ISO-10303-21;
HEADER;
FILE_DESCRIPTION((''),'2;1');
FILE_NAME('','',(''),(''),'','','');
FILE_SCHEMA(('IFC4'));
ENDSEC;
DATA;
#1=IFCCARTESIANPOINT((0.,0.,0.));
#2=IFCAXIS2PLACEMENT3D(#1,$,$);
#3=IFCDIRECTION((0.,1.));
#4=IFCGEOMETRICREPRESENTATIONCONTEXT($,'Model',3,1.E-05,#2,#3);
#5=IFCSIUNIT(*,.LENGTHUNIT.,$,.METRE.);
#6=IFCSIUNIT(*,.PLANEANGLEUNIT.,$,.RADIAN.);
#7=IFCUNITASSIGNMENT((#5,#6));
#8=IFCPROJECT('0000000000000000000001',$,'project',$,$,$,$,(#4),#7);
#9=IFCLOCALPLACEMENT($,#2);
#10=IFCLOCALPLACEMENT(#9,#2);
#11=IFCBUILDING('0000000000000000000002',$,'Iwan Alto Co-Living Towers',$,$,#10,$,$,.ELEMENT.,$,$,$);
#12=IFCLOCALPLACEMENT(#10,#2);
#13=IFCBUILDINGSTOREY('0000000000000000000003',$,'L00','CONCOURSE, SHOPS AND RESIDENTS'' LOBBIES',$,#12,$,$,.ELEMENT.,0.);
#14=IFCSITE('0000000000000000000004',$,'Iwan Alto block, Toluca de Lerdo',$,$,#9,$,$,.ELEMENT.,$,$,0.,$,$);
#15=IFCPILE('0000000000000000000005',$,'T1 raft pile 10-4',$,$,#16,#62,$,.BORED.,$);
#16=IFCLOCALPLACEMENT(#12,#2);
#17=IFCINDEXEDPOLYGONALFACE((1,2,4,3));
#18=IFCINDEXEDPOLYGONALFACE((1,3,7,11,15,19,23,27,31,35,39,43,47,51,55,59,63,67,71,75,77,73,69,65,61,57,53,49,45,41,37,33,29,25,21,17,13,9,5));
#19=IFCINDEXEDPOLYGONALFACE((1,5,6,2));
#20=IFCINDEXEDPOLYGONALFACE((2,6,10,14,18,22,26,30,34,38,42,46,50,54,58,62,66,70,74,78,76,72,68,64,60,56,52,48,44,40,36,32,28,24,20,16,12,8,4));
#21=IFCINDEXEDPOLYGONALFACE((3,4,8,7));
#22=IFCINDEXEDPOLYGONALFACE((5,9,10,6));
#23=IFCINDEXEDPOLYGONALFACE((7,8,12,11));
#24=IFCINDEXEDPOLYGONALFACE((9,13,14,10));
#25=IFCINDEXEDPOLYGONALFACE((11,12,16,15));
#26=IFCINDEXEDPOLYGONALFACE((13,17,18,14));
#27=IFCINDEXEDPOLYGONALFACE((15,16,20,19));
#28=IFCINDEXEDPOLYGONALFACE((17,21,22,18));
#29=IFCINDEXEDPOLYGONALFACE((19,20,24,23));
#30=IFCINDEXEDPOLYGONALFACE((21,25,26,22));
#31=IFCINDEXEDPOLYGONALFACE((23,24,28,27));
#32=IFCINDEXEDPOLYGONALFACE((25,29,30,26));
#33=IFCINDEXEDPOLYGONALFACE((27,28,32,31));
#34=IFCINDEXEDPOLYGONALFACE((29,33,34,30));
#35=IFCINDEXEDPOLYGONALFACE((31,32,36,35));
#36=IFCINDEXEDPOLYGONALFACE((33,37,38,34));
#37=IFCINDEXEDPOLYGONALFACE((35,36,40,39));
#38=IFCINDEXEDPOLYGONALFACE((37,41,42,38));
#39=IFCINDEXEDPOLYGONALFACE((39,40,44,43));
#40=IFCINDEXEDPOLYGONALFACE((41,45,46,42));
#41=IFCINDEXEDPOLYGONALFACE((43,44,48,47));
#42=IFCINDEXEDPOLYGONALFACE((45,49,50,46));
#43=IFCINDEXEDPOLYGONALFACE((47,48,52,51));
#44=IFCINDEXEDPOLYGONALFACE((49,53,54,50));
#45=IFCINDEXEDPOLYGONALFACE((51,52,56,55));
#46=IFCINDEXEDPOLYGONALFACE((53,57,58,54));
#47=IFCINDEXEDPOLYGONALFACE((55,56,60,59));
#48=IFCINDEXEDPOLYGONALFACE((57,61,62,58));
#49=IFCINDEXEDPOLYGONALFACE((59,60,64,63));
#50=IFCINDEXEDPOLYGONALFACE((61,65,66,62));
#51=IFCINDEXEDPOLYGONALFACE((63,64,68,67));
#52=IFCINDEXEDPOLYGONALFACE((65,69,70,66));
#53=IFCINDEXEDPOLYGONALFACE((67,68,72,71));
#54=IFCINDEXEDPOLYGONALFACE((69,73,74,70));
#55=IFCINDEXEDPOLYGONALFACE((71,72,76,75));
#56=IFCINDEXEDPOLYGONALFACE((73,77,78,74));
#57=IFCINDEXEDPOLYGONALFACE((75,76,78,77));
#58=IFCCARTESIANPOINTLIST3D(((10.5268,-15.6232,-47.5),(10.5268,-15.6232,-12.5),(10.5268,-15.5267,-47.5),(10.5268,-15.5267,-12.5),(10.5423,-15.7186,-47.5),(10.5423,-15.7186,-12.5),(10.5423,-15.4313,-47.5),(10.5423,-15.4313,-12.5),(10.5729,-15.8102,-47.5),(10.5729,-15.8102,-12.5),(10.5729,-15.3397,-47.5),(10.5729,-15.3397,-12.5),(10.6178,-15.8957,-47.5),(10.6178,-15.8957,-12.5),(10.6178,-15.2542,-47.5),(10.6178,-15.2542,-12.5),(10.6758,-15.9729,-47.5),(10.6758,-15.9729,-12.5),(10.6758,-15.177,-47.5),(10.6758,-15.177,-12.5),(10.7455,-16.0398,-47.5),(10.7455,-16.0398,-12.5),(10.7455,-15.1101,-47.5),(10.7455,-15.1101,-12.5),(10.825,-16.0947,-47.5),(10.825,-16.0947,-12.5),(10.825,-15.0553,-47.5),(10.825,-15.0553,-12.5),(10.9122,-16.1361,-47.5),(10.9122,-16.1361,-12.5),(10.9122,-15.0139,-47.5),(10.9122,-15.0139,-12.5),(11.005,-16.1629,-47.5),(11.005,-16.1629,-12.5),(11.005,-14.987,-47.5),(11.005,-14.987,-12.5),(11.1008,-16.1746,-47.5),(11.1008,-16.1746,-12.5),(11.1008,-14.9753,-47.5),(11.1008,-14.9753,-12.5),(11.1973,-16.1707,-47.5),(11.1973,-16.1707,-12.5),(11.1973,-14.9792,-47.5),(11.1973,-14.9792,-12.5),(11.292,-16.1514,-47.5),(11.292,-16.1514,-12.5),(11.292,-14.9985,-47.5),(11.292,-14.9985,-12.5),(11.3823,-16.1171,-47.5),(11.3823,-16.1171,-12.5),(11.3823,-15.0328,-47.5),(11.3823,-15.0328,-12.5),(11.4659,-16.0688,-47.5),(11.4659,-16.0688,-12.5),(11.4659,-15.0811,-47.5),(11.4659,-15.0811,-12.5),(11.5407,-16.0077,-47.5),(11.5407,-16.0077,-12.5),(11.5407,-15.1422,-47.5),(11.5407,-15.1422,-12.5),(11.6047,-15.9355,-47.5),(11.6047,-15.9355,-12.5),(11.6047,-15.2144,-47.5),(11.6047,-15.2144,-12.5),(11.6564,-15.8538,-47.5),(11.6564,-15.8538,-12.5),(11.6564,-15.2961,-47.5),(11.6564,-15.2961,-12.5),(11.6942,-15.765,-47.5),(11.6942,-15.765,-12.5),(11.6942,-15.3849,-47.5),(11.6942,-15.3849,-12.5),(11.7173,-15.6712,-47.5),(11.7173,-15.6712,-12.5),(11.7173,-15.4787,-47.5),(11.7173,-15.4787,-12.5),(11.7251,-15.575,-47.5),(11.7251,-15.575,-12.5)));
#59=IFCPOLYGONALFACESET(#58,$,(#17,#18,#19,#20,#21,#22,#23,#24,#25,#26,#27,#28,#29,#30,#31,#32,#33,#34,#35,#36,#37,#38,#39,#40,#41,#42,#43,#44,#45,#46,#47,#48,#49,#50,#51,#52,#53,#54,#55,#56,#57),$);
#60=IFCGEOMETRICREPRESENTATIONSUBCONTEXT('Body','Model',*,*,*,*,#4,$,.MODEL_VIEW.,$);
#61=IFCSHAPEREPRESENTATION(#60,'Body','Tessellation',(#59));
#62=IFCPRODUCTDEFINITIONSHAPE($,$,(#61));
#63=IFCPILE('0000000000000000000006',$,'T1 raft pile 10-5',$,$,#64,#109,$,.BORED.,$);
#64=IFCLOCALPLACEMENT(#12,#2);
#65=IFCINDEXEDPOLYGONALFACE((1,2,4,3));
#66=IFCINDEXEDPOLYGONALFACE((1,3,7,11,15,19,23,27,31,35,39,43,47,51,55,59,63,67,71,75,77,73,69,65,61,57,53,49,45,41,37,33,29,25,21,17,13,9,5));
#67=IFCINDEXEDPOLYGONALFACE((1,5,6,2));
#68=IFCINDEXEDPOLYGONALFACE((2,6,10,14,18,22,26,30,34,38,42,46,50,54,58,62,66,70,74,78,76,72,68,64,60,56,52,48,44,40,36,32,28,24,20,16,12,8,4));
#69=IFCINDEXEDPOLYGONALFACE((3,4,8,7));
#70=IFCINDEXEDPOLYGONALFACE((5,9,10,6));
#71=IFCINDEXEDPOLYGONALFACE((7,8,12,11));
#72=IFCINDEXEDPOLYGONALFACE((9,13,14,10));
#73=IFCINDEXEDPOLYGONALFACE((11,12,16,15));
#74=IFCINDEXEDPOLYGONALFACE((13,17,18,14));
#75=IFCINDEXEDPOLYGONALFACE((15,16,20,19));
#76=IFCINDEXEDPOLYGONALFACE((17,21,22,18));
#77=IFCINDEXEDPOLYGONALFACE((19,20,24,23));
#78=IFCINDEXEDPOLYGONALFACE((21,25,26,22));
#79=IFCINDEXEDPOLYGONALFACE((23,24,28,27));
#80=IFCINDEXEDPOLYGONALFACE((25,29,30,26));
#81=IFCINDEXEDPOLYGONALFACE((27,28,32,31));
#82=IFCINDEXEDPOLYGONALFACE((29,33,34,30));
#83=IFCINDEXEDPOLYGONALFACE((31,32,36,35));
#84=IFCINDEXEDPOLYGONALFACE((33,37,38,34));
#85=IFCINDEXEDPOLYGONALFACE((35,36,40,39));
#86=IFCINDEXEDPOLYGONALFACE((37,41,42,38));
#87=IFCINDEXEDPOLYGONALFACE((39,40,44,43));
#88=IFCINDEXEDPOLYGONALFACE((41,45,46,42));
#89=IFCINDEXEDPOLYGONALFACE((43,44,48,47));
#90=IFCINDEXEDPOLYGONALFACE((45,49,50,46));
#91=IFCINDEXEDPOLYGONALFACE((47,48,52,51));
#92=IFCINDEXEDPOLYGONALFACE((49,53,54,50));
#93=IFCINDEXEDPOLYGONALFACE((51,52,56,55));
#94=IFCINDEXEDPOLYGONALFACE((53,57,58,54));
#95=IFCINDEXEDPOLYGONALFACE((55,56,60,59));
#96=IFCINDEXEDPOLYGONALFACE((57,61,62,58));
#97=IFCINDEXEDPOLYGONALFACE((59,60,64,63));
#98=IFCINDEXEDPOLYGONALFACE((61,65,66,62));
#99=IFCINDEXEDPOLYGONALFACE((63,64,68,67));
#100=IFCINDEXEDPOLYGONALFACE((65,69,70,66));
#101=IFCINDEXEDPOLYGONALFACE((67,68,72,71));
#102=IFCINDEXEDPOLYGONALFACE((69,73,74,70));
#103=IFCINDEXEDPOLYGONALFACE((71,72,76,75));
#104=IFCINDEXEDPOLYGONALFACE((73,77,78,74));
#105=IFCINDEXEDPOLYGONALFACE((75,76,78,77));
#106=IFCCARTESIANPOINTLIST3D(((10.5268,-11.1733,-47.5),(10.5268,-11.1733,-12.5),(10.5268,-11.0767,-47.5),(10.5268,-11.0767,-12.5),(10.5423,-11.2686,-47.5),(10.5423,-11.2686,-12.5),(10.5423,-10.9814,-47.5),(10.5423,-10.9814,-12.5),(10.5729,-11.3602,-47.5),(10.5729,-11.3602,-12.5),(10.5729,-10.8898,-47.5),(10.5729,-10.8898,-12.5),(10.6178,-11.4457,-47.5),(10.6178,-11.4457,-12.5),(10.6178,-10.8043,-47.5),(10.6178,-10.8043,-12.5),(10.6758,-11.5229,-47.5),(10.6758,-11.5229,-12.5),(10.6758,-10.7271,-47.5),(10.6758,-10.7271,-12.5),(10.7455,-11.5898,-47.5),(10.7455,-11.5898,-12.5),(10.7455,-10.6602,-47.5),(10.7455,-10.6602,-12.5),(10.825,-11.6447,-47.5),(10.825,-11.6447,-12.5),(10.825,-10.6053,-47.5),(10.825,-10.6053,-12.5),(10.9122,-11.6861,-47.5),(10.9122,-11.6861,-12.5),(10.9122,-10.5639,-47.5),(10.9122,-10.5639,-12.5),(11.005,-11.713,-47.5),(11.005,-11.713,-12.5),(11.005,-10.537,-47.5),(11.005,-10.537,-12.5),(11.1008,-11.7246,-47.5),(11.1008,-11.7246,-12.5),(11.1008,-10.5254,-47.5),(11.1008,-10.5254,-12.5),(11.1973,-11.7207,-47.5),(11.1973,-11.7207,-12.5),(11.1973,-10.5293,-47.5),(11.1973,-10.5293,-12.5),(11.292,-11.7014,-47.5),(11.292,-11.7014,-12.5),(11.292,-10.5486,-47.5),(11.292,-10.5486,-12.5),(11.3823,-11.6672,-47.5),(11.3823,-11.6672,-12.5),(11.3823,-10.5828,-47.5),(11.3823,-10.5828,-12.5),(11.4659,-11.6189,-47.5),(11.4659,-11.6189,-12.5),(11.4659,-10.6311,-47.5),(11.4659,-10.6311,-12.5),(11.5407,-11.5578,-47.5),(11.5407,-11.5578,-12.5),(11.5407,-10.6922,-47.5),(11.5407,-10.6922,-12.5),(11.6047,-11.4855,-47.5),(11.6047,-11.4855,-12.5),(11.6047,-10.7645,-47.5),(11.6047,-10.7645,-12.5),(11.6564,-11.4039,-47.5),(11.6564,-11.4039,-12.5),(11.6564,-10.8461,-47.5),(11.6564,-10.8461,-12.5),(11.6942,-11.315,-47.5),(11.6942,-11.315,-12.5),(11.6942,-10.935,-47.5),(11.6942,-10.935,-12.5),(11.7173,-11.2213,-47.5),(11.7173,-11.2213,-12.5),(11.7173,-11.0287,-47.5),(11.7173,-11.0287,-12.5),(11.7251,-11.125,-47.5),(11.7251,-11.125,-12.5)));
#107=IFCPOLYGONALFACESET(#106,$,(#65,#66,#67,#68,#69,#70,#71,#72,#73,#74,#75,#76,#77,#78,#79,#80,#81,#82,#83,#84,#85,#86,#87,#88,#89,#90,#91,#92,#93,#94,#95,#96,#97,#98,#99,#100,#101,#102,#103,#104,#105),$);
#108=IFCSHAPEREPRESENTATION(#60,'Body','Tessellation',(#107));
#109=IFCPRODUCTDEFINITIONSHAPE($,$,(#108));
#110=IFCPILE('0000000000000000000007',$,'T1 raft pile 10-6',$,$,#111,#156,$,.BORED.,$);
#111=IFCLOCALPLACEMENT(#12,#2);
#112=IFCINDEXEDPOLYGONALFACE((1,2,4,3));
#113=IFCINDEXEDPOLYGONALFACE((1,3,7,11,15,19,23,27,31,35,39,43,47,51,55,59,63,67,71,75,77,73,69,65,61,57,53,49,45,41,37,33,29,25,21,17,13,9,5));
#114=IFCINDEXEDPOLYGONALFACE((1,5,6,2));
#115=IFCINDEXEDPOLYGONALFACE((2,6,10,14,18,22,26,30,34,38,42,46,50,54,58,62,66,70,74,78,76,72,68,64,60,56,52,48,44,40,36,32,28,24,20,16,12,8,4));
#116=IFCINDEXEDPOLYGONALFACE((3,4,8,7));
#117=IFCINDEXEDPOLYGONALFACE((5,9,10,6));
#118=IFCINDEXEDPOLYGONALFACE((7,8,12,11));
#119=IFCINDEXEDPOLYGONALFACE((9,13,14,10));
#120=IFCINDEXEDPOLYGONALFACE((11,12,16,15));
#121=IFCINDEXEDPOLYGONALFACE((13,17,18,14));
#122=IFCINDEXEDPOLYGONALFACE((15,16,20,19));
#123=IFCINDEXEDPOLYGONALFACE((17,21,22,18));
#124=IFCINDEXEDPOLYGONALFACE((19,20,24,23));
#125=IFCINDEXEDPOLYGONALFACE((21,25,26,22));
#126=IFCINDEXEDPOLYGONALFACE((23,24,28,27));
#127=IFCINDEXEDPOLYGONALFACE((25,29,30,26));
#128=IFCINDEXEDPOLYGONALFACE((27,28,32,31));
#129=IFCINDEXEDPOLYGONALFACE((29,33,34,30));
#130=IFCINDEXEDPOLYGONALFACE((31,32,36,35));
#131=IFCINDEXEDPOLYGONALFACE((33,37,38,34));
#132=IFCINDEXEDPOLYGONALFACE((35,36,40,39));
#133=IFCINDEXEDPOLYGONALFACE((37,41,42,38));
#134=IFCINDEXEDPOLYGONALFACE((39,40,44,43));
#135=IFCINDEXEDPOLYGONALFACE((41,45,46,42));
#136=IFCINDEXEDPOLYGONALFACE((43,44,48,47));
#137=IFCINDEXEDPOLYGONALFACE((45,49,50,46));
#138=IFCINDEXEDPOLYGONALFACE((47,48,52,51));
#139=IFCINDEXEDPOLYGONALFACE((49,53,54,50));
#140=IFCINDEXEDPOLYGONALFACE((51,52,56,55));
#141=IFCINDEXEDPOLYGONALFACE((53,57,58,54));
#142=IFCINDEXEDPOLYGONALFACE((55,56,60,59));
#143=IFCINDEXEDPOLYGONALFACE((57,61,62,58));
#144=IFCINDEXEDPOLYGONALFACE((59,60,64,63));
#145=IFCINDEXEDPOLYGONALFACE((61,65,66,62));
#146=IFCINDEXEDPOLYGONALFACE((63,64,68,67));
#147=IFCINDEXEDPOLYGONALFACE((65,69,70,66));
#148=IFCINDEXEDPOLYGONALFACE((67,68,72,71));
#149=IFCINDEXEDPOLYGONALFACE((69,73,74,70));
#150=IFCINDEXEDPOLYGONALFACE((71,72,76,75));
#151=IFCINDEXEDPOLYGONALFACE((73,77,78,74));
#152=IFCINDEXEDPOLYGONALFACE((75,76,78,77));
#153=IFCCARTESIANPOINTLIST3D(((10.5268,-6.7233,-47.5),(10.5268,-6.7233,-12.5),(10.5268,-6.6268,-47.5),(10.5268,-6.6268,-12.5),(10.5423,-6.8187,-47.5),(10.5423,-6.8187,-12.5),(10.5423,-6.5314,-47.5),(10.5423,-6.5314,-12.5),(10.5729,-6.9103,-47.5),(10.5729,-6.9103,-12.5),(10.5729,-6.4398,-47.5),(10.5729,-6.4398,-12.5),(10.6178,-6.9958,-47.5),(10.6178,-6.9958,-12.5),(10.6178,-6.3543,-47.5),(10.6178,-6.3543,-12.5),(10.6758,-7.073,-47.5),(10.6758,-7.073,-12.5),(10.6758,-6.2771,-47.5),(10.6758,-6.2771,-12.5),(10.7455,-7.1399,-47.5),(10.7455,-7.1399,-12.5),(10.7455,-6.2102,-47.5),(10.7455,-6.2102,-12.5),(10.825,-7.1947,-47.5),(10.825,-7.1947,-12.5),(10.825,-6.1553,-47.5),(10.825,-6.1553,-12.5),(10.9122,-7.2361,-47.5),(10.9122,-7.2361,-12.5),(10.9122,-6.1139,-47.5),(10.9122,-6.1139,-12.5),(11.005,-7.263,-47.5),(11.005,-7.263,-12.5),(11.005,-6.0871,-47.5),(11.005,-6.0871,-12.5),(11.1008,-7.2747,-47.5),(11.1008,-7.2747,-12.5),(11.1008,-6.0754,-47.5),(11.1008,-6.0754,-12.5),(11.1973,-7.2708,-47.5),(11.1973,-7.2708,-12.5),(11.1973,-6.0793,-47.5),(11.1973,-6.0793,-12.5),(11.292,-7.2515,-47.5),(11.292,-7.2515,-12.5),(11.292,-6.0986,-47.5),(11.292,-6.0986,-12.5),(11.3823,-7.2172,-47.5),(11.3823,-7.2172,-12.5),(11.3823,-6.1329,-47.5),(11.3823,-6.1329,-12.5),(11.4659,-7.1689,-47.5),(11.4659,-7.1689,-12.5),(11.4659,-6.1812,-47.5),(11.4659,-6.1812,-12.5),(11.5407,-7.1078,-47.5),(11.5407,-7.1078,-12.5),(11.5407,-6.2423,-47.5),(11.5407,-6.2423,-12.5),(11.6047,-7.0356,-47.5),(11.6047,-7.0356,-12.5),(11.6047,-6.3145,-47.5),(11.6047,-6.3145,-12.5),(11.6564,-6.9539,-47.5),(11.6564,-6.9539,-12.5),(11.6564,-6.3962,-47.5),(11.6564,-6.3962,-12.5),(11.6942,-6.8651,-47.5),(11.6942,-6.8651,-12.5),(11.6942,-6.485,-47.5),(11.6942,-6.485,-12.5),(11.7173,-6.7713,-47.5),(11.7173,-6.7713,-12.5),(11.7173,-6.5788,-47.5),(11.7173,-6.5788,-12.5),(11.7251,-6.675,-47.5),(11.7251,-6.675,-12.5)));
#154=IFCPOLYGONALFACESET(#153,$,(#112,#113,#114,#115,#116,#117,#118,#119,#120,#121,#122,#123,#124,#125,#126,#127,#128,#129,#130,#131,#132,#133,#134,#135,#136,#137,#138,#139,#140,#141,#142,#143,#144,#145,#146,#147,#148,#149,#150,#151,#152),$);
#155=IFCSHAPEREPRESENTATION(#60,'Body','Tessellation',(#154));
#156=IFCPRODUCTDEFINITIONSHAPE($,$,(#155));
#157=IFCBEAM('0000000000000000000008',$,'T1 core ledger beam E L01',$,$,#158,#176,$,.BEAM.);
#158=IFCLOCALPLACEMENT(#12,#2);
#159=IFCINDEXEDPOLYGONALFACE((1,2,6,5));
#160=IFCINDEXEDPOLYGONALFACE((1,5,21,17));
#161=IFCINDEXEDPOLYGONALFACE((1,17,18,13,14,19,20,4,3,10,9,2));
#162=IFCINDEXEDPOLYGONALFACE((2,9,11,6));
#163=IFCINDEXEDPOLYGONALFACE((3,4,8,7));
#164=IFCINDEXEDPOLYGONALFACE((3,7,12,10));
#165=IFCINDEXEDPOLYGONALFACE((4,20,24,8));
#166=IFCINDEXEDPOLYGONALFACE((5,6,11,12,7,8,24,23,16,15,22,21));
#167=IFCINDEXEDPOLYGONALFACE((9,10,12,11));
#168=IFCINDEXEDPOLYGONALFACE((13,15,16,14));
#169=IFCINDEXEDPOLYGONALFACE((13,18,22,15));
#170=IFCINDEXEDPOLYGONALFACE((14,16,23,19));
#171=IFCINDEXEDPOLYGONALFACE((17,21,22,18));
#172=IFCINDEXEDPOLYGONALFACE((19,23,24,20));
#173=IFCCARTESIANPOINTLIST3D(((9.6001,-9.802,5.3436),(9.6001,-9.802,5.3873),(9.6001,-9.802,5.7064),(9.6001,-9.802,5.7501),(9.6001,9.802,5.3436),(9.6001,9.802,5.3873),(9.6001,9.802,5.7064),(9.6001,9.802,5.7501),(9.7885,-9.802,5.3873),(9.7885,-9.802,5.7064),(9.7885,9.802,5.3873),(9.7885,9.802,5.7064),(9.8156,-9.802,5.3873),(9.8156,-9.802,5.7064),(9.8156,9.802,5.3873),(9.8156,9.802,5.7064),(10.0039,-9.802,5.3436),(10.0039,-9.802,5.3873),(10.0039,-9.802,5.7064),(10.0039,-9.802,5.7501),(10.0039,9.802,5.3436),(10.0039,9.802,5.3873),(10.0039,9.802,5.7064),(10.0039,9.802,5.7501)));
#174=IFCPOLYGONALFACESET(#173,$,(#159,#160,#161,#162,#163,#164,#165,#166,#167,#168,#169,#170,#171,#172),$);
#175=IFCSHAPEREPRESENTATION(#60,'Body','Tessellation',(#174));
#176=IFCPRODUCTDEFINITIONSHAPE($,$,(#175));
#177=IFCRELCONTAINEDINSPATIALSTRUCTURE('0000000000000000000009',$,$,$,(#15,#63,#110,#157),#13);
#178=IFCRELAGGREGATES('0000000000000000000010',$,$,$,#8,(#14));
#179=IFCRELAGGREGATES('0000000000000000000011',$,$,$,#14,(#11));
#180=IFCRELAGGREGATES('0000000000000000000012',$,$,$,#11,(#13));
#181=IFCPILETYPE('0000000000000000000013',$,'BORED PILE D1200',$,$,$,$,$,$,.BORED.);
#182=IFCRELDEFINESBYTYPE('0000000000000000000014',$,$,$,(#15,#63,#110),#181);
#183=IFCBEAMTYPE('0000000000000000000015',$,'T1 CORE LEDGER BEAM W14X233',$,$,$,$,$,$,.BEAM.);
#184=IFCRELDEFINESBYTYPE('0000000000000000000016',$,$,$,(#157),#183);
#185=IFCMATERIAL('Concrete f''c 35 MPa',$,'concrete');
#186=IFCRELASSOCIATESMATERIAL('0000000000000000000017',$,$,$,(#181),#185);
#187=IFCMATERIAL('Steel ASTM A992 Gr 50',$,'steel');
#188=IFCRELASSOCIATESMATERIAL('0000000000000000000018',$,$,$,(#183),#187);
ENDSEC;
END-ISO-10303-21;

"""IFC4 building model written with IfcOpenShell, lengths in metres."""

from ifc_helpers import new_model, si_unit, direction, frame, origin, origin_2d, place, context, subcontext, project, spatial, circle, i_section, extrude, material, material_profile, profile_set, type_object, element, save


model = new_model("IFC4")

# Units and contexts
model_context = context("Model", 3, precision=1e-05, world=origin(), true_north=direction((0.0, 1.0)))
body_context = subcontext(model_context, "Body", "Model", "MODEL_VIEW")
ifc_project = project(units=[si_unit("LENGTHUNIT", "METRE"), si_unit("PLANEANGLEUNIT", "RADIAN")], contexts=[model_context])

# Site, building, storey
site_placement = place(None, origin())
site = spatial("IfcSite", under=ifc_project, at=site_placement, Name="Iwan Alto block, Toluca de Lerdo", CompositionType="ELEMENT", RefElevation=0.0)
building_placement = place(site_placement, origin())
building = spatial("IfcBuilding", under=site, at=building_placement, Name="Iwan Alto Co-Living Towers", CompositionType="ELEMENT")
storey_placement = place(building_placement, origin())
storey = spatial("IfcBuildingStorey", under=building, at=storey_placement, Name="L00", Description="CONCOURSE, SHOPS AND RESIDENTS' LOBBIES", CompositionType="ELEMENT", Elevation=0.0)

# Piles
ifc_material_1 = material(Name="Concrete f'c 35 MPa", Category="concrete")
ifc_material_profile_1 = material_profile(ifc_material_1, circle(Radius=0.6001, at=origin_2d()), Name="D1200")
ifc_profile_set_1 = profile_set([ifc_material_profile_1], Name="Concrete f'c 35 MPa")
pile_type = type_object("IfcPileType", Name="BORED PILE D1200", PredefinedType="BORED", material=ifc_profile_set_1)
for number, where, z_axis, x_axis, name in (
    (1, (11.125, -15.575, -12.5), (0.0, 0.0, -1.0), (1.0, 0.0, 0.0), "T1 raft pile 10-4"),
    (2, (11.125, -11.125, -12.5), (0.0, 0.0, -1.0), (1.0, 0.0, 0.0), "T1 raft pile 10-5"),
    (3, (11.125, -6.675, -12.5), (0.0, 0.0, -1.0), (1.0, 0.0, 0.0), "T1 raft pile 10-6"),
):
    element("IfcPile", number, at=place(storey_placement, frame(where, z_axis=z_axis, x_axis=x_axis)), inside=storey, type_object=pile_type, Name=name, PredefinedType="BORED", context=body_context, shape_type="SweptSolid", body=[
        extrude(circle(Radius=0.6001, at=origin_2d()), origin(), (0.0, 0.0, 1.0), 35.0),
    ])

# Beam
ifc_material_2 = material(Name="Steel ASTM A992 Gr 50", Category="steel")
ifc_material_profile_2 = material_profile(ifc_material_2, i_section(OverallWidth=0.4038, OverallDepth=0.4065, WebThickness=0.0271, FlangeThickness=0.0437, at=origin_2d()), Name="W14X233")
ifc_profile_set_2 = profile_set([ifc_material_profile_2], Name="Steel ASTM A992 Gr 50")
beam_type = type_object("IfcBeamType", Name="T1 CORE LEDGER BEAM W14X233", PredefinedType="BEAM", material=ifc_profile_set_2)
beam_placement = place(storey_placement, frame((9.802, -9.802, 5.5469), z_axis=(0.0, 1.0, 0.0), x_axis=(-1.0, 0.0, 0.0)))
element("IfcBeam", 4, at=beam_placement, inside=storey, type_object=beam_type, Name="T1 core ledger beam E L01", PredefinedType="BEAM", context=body_context, shape_type="SweptSolid", body=[
    extrude(i_section(OverallWidth=0.4038, OverallDepth=0.4065, WebThickness=0.0271, FlangeThickness=0.0437, at=origin_2d()), origin(), (0.0, 0.0, 1.0), 19.604),
])

save(model, "model.ifc")
